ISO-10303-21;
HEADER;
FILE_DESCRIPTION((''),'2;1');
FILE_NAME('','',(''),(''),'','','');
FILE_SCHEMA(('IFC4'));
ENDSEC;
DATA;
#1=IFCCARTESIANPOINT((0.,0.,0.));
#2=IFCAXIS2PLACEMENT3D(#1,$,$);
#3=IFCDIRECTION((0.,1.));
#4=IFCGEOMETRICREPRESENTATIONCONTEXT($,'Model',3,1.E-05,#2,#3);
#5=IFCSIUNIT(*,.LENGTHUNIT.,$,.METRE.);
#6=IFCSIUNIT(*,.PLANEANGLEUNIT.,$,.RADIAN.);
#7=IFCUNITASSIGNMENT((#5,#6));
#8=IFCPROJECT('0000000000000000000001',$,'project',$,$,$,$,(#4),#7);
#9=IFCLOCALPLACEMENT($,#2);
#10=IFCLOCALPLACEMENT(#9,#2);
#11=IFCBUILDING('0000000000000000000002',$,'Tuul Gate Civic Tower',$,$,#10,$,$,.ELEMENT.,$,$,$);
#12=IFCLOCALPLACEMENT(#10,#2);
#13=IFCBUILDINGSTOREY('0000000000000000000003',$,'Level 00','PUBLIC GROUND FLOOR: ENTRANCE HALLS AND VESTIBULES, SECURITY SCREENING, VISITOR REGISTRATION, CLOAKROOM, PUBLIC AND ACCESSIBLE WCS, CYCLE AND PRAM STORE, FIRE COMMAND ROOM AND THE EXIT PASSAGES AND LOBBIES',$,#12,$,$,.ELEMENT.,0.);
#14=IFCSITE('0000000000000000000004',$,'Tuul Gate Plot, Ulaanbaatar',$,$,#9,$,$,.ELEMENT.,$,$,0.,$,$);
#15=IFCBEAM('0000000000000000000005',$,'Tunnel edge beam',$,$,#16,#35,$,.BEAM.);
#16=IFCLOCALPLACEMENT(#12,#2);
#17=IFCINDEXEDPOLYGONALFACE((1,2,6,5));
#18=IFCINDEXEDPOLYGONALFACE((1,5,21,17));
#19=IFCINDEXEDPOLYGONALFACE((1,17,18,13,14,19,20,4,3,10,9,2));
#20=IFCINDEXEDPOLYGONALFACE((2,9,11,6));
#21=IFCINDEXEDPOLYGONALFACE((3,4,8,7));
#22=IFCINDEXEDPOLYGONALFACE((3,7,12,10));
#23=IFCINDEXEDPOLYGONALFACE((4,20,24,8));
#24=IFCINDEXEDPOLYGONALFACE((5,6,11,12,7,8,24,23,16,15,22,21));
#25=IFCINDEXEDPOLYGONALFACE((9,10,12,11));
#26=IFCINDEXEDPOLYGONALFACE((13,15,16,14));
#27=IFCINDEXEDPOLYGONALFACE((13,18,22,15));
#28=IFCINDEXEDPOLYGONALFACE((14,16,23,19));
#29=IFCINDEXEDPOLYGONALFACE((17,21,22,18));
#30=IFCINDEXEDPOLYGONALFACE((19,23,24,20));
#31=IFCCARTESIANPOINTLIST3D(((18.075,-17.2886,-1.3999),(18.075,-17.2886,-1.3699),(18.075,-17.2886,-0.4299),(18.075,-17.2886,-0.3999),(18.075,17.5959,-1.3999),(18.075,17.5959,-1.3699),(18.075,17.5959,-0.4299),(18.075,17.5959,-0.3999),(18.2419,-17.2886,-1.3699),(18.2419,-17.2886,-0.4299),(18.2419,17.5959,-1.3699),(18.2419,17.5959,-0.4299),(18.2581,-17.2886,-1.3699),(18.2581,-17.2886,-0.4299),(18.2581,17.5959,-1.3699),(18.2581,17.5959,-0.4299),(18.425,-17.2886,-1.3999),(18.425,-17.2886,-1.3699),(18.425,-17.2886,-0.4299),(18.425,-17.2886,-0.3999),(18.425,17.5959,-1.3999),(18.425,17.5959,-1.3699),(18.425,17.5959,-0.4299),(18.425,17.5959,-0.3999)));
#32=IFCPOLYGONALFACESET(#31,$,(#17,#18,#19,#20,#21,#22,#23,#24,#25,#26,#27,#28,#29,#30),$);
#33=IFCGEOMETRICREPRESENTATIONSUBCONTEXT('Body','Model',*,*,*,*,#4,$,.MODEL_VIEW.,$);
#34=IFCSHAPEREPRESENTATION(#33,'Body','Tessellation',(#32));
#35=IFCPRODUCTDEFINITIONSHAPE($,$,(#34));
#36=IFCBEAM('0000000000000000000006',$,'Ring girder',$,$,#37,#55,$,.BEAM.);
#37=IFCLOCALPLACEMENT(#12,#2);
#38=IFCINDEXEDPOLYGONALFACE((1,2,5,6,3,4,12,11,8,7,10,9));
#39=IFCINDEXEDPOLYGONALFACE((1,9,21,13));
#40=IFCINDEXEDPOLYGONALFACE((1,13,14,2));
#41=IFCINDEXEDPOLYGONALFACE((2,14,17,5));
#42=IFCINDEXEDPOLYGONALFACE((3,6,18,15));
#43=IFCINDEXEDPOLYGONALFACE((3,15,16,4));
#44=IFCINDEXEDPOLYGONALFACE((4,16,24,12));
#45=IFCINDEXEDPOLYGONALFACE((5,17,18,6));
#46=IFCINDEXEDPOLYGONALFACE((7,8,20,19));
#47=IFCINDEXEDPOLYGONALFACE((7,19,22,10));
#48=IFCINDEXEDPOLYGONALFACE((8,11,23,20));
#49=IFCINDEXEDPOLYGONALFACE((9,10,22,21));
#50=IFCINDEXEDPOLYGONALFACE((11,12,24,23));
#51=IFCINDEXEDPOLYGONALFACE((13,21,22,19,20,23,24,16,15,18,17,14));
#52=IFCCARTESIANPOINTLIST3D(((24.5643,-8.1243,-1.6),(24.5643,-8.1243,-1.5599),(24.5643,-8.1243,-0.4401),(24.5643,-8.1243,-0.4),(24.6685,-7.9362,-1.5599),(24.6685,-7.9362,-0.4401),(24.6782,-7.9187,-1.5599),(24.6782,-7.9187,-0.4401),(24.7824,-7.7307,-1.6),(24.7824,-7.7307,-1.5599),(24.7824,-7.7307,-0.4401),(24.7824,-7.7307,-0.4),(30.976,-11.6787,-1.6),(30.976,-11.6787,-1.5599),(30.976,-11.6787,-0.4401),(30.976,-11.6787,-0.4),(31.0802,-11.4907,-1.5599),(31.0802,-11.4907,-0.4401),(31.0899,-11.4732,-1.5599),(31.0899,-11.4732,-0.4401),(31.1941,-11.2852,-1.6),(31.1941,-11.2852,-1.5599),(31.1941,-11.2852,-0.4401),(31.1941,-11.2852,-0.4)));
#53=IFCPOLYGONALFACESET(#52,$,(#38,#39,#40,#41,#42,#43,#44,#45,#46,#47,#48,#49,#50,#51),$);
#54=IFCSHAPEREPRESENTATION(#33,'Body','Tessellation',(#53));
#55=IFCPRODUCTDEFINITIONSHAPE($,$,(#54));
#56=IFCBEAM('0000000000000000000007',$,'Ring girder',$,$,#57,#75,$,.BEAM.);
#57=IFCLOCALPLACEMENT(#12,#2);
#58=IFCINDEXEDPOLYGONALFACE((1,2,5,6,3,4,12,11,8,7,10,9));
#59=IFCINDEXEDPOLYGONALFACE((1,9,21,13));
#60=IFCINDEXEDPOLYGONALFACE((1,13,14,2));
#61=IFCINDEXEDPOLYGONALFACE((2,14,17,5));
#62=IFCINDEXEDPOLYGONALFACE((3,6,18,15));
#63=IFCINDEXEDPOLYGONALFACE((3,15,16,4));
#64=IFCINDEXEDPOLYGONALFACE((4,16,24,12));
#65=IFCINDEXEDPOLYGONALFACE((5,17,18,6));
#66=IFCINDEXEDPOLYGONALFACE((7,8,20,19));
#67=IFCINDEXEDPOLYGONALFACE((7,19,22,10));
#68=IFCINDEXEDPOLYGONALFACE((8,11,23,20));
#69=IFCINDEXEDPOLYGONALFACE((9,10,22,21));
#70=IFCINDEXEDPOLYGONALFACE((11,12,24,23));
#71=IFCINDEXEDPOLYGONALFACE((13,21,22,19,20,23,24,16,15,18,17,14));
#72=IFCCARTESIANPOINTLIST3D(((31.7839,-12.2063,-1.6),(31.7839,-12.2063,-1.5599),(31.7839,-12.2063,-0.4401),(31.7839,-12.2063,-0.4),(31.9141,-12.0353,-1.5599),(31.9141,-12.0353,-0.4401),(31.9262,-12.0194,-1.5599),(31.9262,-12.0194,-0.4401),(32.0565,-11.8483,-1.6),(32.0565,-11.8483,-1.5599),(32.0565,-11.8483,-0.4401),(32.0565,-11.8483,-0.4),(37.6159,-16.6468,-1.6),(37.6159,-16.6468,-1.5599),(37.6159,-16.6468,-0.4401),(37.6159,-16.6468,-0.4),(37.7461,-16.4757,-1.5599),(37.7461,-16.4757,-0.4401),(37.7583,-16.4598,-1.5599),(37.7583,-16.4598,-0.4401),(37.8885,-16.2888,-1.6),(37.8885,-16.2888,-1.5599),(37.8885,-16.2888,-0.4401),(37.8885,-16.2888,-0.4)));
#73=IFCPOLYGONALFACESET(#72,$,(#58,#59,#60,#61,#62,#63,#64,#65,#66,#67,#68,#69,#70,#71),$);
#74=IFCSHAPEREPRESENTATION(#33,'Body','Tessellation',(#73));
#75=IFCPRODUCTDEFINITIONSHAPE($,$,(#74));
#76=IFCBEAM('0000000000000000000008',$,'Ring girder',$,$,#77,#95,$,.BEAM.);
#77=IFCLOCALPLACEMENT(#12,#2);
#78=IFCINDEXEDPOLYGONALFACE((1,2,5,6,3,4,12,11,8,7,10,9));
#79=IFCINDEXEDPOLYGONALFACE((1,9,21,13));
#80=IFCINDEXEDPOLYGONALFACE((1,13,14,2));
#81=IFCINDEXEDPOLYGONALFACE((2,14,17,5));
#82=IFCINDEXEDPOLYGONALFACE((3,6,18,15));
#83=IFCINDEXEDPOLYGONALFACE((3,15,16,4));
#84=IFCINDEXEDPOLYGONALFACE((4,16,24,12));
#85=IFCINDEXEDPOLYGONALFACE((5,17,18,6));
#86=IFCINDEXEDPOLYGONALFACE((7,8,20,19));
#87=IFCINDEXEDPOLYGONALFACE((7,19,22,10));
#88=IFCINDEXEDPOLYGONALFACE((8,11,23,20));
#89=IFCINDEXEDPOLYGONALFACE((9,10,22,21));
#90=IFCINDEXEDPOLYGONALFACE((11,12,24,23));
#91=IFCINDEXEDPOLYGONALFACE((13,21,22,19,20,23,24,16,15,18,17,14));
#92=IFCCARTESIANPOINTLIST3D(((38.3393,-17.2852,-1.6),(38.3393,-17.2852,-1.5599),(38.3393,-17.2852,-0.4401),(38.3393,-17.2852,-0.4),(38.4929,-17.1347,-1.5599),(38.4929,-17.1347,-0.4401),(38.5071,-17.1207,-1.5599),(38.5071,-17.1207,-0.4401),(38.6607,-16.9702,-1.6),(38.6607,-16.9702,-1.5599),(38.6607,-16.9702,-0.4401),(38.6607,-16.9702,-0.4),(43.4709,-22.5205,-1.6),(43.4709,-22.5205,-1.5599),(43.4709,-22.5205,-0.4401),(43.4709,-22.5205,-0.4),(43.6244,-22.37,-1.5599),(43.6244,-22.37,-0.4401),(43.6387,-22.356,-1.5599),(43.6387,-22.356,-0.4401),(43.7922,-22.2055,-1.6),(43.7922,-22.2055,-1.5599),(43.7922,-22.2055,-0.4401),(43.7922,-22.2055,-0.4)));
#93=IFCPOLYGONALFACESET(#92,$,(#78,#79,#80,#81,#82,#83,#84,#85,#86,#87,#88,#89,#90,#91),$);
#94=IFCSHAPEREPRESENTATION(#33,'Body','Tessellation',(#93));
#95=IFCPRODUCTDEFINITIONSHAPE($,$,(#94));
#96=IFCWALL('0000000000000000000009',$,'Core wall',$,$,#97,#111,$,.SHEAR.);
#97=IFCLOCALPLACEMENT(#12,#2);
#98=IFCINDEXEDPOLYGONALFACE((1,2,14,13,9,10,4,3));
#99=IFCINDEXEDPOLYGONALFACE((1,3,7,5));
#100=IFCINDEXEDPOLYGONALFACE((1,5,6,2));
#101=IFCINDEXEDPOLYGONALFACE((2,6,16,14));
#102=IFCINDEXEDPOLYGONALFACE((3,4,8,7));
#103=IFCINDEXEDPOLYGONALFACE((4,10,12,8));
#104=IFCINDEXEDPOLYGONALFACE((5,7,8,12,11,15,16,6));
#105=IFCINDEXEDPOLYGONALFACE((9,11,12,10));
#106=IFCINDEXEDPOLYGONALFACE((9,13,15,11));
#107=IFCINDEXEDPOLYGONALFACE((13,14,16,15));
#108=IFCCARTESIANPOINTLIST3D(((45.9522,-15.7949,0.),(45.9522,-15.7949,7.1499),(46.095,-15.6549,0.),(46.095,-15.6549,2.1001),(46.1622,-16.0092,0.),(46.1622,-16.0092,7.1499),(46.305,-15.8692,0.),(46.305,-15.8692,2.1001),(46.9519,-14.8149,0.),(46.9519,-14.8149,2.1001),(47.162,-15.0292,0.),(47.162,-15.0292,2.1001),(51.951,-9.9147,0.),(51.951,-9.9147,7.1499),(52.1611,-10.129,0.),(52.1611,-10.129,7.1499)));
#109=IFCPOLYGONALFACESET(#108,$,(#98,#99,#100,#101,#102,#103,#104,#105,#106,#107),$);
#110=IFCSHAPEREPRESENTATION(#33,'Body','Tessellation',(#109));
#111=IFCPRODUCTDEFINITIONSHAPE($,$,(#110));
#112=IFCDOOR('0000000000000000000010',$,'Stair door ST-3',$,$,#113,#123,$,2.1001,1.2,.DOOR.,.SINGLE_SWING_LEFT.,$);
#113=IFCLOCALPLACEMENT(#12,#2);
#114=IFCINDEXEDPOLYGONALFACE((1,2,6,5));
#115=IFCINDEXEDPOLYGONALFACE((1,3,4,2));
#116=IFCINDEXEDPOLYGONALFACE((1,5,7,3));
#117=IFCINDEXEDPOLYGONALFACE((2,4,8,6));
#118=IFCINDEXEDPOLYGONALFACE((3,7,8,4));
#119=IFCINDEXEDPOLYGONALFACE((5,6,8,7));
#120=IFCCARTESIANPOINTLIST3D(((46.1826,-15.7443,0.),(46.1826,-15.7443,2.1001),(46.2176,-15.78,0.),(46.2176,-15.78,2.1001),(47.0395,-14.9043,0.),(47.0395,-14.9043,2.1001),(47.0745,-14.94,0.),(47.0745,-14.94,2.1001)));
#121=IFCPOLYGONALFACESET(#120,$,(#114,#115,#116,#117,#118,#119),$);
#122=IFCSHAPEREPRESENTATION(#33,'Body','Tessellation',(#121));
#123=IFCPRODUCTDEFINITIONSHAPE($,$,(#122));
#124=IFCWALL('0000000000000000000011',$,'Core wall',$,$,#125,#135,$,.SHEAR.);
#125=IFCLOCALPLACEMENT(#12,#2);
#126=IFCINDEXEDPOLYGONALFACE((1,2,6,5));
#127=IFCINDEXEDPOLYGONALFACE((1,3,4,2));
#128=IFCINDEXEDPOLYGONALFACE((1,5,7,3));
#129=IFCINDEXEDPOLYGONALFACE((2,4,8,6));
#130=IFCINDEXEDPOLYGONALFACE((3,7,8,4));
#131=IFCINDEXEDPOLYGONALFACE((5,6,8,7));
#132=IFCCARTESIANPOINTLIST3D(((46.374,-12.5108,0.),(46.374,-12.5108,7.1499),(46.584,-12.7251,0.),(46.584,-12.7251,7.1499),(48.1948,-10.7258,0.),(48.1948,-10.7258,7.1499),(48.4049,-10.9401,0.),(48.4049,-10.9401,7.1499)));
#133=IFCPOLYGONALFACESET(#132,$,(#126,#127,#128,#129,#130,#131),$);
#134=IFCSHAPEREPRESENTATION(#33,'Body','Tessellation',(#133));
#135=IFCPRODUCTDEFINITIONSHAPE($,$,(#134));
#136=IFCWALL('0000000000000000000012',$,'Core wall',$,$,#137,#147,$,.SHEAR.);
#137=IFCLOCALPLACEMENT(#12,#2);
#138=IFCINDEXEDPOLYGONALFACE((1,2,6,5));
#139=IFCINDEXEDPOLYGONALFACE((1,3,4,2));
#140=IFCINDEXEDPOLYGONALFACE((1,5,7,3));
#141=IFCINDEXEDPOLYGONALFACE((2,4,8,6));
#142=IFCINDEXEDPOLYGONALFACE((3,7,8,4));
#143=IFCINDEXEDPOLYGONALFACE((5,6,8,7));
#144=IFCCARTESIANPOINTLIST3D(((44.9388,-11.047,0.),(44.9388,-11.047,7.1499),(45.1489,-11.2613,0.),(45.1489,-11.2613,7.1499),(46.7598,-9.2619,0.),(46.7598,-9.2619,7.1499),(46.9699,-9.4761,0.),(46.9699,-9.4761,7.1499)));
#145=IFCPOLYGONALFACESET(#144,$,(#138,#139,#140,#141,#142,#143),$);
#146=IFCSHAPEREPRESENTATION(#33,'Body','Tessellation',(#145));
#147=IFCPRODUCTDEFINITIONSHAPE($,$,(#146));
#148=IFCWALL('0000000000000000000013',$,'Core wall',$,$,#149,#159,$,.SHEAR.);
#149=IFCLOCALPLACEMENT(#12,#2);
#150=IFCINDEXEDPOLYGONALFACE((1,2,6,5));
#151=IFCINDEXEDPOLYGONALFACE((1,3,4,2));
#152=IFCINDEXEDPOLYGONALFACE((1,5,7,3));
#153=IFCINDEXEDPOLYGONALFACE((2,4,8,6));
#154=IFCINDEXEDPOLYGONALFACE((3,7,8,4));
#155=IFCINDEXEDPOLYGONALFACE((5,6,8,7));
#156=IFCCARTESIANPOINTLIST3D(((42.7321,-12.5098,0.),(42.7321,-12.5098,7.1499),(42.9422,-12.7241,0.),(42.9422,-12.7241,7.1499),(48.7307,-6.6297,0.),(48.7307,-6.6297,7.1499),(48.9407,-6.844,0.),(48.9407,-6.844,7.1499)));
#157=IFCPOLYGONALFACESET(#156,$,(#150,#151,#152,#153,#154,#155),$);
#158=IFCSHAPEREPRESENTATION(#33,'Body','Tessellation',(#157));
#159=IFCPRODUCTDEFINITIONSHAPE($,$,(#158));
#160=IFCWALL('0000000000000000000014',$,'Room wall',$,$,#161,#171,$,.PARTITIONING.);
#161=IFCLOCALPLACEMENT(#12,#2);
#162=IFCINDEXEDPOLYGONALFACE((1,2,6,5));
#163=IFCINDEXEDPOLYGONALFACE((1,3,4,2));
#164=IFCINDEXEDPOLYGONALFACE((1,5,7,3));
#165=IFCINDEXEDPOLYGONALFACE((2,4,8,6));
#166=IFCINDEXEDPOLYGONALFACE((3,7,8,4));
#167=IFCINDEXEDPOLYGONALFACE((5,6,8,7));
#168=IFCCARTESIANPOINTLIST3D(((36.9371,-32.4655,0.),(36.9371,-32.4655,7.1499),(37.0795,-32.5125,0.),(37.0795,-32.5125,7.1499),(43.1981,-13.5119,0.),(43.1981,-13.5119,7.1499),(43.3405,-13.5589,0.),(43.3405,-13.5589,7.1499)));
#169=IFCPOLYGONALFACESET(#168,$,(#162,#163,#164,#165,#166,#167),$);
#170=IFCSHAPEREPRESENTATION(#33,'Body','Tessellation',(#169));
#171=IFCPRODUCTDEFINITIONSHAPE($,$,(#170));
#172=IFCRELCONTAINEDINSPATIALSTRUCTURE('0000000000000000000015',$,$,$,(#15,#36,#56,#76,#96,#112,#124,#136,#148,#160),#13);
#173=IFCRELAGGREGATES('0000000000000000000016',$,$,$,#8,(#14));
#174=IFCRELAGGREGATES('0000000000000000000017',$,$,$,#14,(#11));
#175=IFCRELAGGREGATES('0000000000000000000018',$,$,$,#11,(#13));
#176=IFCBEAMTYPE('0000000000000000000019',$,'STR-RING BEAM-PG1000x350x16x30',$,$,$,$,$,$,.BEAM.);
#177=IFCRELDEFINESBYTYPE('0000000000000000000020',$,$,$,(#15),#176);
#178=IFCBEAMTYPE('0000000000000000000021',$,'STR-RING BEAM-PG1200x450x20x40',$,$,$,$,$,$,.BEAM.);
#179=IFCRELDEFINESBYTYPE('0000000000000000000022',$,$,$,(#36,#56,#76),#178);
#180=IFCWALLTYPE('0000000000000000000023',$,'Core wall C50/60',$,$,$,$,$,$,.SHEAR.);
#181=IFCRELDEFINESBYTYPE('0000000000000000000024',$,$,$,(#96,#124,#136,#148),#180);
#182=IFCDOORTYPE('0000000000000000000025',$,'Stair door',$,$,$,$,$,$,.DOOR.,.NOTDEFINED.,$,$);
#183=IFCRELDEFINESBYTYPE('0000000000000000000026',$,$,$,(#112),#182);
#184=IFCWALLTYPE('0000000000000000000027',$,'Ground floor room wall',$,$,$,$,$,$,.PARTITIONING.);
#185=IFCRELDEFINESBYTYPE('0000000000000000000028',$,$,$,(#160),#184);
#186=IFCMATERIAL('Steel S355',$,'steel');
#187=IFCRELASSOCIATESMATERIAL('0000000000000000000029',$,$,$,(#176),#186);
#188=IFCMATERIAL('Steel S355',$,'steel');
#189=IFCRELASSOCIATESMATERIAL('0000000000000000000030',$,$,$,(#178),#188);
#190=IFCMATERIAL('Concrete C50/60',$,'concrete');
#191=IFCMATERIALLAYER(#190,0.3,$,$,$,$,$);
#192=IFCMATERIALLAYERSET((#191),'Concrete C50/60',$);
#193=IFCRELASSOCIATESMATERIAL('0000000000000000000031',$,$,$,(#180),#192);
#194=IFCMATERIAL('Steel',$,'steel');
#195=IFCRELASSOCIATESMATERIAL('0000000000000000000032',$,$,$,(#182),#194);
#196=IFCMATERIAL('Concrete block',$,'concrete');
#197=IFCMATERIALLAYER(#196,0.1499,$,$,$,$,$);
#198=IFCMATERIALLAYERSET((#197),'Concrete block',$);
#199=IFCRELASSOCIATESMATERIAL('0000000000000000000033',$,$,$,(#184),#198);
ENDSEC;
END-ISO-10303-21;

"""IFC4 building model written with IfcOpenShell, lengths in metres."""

from ifc_helpers import new_model, si_unit, direction, frame, frame_2d, origin, origin_2d, place, context, subcontext, project, spatial, rectangle, i_section, extrude, material, layer, layer_set, material_profile, profile_set, type_object, element, fill, save


model = new_model("IFC4")

# Units and contexts
model_context = context("Model", 3, precision=1e-05, world=origin(), true_north=direction((0.0, 1.0)))
body_context = subcontext(model_context, "Body", "Model", "MODEL_VIEW")
ifc_project = project(units=[si_unit("LENGTHUNIT", "METRE"), si_unit("PLANEANGLEUNIT", "RADIAN")], contexts=[model_context])

# Site, building, storey
site_placement = place(None, origin())
site = spatial("IfcSite", under=ifc_project, at=site_placement, Name="Tuul Gate Plot, Ulaanbaatar", CompositionType="ELEMENT", RefElevation=0.0)
building_placement = place(site_placement, origin())
building = spatial("IfcBuilding", under=site, at=building_placement, Name="Tuul Gate Civic Tower", CompositionType="ELEMENT")
storey_placement = place(building_placement, origin())
storey = spatial("IfcBuildingStorey", under=building, at=storey_placement, Name="Level 00", Description="PUBLIC GROUND FLOOR: ENTRANCE HALLS AND VESTIBULES, SECURITY SCREENING, VISITOR REGISTRATION, CLOAKROOM, PUBLIC AND ACCESSIBLE WCS, CYCLE AND PRAM STORE, FIRE COMMAND ROOM AND THE EXIT PASSAGES AND LOBBIES", CompositionType="ELEMENT", Elevation=0.0)

# Beams
ifc_material_1 = material(Name="Steel S355", Category="steel")
ifc_material_profile_1 = material_profile(ifc_material_1, i_section(OverallWidth=0.3501, OverallDepth=1.0, WebThickness=0.0161, FlangeThickness=0.03, at=origin_2d()), Name="PG1000x350x16x30")
ifc_profile_set_1 = profile_set([ifc_material_profile_1], Name="Steel S355")
beam_type_1 = type_object("IfcBeamType", Name="STR-RING BEAM-PG1000x350x16x30", PredefinedType="BEAM", material=ifc_profile_set_1)
beam_1_placement = place(storey_placement, frame((18.25, -17.2886, -0.8999), z_axis=(0.0, 1.0, 0.0), x_axis=(-1.0, 0.0, 0.0)))
element("IfcBeam", 1, at=beam_1_placement, inside=storey, type_object=beam_type_1, Name="Tunnel edge beam", PredefinedType="BEAM", context=body_context, shape_type="SweptSolid", body=[
    extrude(i_section(OverallWidth=0.3501, OverallDepth=1.0, WebThickness=0.0161, FlangeThickness=0.03, at=origin_2d()), origin(), (0.0, 0.0, 1.0), 34.8845),
])
ifc_material_2 = material(Name="Steel S355", Category="steel")
ifc_material_profile_2 = material_profile(ifc_material_2, i_section(OverallWidth=0.45, OverallDepth=1.2, WebThickness=0.02, FlangeThickness=0.04, at=origin_2d()), Name="PG1200x450x20x40")
ifc_profile_set_2 = profile_set([ifc_material_profile_2], Name="Steel S355")
beam_type_2 = type_object("IfcBeamType", Name="STR-RING BEAM-PG1200x450x20x40", PredefinedType="BEAM", material=ifc_profile_set_2)
beam_2_placement = place(storey_placement, frame((24.6733, -7.9275, -1.0), z_axis=(0.874595, -0.484854, 0.0), x_axis=(0.484854, 0.874595, 0.0)))
element("IfcBeam", 2, at=beam_2_placement, inside=storey, type_object=beam_type_2, Name="Ring girder", PredefinedType="BEAM", context=body_context, shape_type="SweptSolid", body=[
    extrude(i_section(OverallWidth=0.45, OverallDepth=1.2, WebThickness=0.02, FlangeThickness=0.04, at=origin_2d()), origin(), (0.0, 0.0, 1.0), 7.3311),
])
beam_3_placement = place(storey_placement, frame((31.9202, -12.0273, -1.0), z_axis=(0.79563, -0.605782, 0.0), x_axis=(0.605782, 0.79563, 0.0)))
element("IfcBeam", 3, at=beam_3_placement, inside=storey, type_object=beam_type_2, Name="Ring girder", PredefinedType="BEAM", context=body_context, shape_type="SweptSolid", body=[
    extrude(i_section(OverallWidth=0.45, OverallDepth=1.2, WebThickness=0.02, FlangeThickness=0.04, at=origin_2d()), origin(), (0.0, 0.0, 1.0), 7.3301),
])
beam_4_placement = place(storey_placement, frame((38.5, -17.1277, -1.0), z_axis=(0.699994, -0.714148, 0.0), x_axis=(0.714148, 0.699994, 0.0)))
element("IfcBeam", 4, at=beam_4_placement, inside=storey, type_object=beam_type_2, Name="Ring girder", PredefinedType="BEAM", context=body_context, shape_type="SweptSolid", body=[
    extrude(i_section(OverallWidth=0.45, OverallDepth=1.2, WebThickness=0.02, FlangeThickness=0.04, at=origin_2d()), origin(), (0.0, 0.0, 1.0), 7.3308),
])

# Wall, opening, door
ifc_material_3 = material(Name="Concrete C50/60", Category="concrete")
ifc_layer_1 = layer(ifc_material_3, 0.3)
ifc_layer_set_1 = layer_set([ifc_layer_1], Name="Concrete C50/60")
wall_type_1 = type_object("IfcWallType", Name="Core wall C50/60", PredefinedType="SHEAR", material=ifc_layer_set_1)
wall_1_placement = place(storey_placement, frame((46.0571, -15.9021, 0.0), z_axis=(0.0, 0.0, 1.0), x_axis=(0.714134, 0.700009, 0.0)))
wall_1 = element("IfcWall", 5, at=wall_1_placement, inside=storey, type_object=wall_type_1, Name="Core wall", PredefinedType="SHEAR", context=body_context, shape_type="SweptSolid", body=[
    extrude(rectangle(XDim=8.4001, YDim=0.3, at=frame_2d((4.2002, 0.0))), origin(), (0.0, 0.0, 1.0), 7.1499),
])
opening_1_placement = place(wall_1_placement, frame((0.2, 0.0, 0.0)))
opening_1 = element("IfcOpeningElement", 6, at=opening_1_placement, cuts=wall_1, PredefinedType="OPENING", context=body_context, shape_type="SweptSolid", body=[
    extrude(rectangle(XDim=1.2, YDim=2.1001, at=frame_2d((0.6001, 1.05))), frame((0.0, 0.1602, 0.0), z_axis=(0.0, -1.0, 0.0), x_axis=(1.0, 0.0, 0.0)), (0.0, 0.0, 1.0), 0.3201),
])
ifc_material_4 = material(Name="Steel", Category="steel")
door_type_1 = type_object("IfcDoorType", Name="Stair door", OperationType="NOTDEFINED", PredefinedType="DOOR", material=ifc_material_4)
door_1_placement = place(opening_1_placement, origin())
door_1 = element("IfcDoor", 7, at=door_1_placement, inside=storey, type_object=door_type_1, Name="Stair door ST-3", OperationType="SINGLE_SWING_LEFT", OverallHeight=2.1001, OverallWidth=1.2, PredefinedType="DOOR", context=body_context, shape_type="SweptSolid", body=[
    extrude(rectangle(XDim=1.2, YDim=2.1001, at=frame_2d((0.6001, 1.05))), frame((0.0, 0.0249, 0.0), z_axis=(0.0, -1.0, 0.0), x_axis=(1.0, 0.0, 0.0)), (0.0, 0.0, 1.0), 0.05),
])
fill(opening_1, door_1)

# Walls
wall_2_placement = place(storey_placement, frame((46.479, -12.6179, 0.0), z_axis=(0.0, 0.0, 1.0), x_axis=(0.714109, 0.700034, 0.0)))
element("IfcWall", 8, at=wall_2_placement, inside=storey, type_object=wall_type_1, Name="Core wall", PredefinedType="SHEAR", context=body_context, shape_type="SweptSolid", body=[
    extrude(rectangle(XDim=2.5498, YDim=0.3, at=frame_2d((1.2749, 0.0))), origin(), (0.0, 0.0, 1.0), 7.1499),
])
wall_3_placement = place(storey_placement, frame((45.0439, -11.1541, 0.0), z_axis=(0.0, 0.0, 1.0), x_axis=(0.714108, 0.700035, 0.0)))
element("IfcWall", 9, at=wall_3_placement, inside=storey, type_object=wall_type_1, Name="Core wall", PredefinedType="SHEAR", context=body_context, shape_type="SweptSolid", body=[
    extrude(rectangle(XDim=2.55, YDim=0.3, at=frame_2d((1.2749, 0.0))), origin(), (0.0, 0.0, 1.0), 7.1499),
])
wall_4_placement = place(storey_placement, frame((42.8372, -12.6169, 0.0), z_axis=(0.0, 0.0, 1.0), x_axis=(0.71412, 0.700023, 0.0)))
element("IfcWall", 10, at=wall_4_placement, inside=storey, type_object=wall_type_1, Name="Core wall", PredefinedType="SHEAR", context=body_context, shape_type="SweptSolid", body=[
    extrude(rectangle(XDim=8.3999, YDim=0.3, at=frame_2d((4.2, 0.0))), origin(), (0.0, 0.0, 1.0), 7.1499),
])
ifc_material_5 = material(Name="Concrete block", Category="concrete")
ifc_layer_2 = layer(ifc_material_5, 0.1499)
ifc_layer_set_2 = layer_set([ifc_layer_2], Name="Concrete block")
wall_type_2 = type_object("IfcWallType", Name="Ground floor room wall", PredefinedType="PARTITIONING", material=ifc_layer_set_2)
wall_5_placement = place(storey_placement, frame((43.2693, -13.5354, 0.0), z_axis=(0.0, 0.0, 1.0), x_axis=(-0.313662, -0.949535, 0.0)))
element("IfcWall", 11, at=wall_5_placement, inside=storey, type_object=wall_type_2, Name="Room wall", PredefinedType="PARTITIONING", context=body_context, shape_type="SweptSolid", body=[
    extrude(rectangle(XDim=19.9609, YDim=0.1499, at=frame_2d((9.9805, 0.0))), origin(), (0.0, 0.0, 1.0), 7.1499),
])

save(model, "model.ifc")
